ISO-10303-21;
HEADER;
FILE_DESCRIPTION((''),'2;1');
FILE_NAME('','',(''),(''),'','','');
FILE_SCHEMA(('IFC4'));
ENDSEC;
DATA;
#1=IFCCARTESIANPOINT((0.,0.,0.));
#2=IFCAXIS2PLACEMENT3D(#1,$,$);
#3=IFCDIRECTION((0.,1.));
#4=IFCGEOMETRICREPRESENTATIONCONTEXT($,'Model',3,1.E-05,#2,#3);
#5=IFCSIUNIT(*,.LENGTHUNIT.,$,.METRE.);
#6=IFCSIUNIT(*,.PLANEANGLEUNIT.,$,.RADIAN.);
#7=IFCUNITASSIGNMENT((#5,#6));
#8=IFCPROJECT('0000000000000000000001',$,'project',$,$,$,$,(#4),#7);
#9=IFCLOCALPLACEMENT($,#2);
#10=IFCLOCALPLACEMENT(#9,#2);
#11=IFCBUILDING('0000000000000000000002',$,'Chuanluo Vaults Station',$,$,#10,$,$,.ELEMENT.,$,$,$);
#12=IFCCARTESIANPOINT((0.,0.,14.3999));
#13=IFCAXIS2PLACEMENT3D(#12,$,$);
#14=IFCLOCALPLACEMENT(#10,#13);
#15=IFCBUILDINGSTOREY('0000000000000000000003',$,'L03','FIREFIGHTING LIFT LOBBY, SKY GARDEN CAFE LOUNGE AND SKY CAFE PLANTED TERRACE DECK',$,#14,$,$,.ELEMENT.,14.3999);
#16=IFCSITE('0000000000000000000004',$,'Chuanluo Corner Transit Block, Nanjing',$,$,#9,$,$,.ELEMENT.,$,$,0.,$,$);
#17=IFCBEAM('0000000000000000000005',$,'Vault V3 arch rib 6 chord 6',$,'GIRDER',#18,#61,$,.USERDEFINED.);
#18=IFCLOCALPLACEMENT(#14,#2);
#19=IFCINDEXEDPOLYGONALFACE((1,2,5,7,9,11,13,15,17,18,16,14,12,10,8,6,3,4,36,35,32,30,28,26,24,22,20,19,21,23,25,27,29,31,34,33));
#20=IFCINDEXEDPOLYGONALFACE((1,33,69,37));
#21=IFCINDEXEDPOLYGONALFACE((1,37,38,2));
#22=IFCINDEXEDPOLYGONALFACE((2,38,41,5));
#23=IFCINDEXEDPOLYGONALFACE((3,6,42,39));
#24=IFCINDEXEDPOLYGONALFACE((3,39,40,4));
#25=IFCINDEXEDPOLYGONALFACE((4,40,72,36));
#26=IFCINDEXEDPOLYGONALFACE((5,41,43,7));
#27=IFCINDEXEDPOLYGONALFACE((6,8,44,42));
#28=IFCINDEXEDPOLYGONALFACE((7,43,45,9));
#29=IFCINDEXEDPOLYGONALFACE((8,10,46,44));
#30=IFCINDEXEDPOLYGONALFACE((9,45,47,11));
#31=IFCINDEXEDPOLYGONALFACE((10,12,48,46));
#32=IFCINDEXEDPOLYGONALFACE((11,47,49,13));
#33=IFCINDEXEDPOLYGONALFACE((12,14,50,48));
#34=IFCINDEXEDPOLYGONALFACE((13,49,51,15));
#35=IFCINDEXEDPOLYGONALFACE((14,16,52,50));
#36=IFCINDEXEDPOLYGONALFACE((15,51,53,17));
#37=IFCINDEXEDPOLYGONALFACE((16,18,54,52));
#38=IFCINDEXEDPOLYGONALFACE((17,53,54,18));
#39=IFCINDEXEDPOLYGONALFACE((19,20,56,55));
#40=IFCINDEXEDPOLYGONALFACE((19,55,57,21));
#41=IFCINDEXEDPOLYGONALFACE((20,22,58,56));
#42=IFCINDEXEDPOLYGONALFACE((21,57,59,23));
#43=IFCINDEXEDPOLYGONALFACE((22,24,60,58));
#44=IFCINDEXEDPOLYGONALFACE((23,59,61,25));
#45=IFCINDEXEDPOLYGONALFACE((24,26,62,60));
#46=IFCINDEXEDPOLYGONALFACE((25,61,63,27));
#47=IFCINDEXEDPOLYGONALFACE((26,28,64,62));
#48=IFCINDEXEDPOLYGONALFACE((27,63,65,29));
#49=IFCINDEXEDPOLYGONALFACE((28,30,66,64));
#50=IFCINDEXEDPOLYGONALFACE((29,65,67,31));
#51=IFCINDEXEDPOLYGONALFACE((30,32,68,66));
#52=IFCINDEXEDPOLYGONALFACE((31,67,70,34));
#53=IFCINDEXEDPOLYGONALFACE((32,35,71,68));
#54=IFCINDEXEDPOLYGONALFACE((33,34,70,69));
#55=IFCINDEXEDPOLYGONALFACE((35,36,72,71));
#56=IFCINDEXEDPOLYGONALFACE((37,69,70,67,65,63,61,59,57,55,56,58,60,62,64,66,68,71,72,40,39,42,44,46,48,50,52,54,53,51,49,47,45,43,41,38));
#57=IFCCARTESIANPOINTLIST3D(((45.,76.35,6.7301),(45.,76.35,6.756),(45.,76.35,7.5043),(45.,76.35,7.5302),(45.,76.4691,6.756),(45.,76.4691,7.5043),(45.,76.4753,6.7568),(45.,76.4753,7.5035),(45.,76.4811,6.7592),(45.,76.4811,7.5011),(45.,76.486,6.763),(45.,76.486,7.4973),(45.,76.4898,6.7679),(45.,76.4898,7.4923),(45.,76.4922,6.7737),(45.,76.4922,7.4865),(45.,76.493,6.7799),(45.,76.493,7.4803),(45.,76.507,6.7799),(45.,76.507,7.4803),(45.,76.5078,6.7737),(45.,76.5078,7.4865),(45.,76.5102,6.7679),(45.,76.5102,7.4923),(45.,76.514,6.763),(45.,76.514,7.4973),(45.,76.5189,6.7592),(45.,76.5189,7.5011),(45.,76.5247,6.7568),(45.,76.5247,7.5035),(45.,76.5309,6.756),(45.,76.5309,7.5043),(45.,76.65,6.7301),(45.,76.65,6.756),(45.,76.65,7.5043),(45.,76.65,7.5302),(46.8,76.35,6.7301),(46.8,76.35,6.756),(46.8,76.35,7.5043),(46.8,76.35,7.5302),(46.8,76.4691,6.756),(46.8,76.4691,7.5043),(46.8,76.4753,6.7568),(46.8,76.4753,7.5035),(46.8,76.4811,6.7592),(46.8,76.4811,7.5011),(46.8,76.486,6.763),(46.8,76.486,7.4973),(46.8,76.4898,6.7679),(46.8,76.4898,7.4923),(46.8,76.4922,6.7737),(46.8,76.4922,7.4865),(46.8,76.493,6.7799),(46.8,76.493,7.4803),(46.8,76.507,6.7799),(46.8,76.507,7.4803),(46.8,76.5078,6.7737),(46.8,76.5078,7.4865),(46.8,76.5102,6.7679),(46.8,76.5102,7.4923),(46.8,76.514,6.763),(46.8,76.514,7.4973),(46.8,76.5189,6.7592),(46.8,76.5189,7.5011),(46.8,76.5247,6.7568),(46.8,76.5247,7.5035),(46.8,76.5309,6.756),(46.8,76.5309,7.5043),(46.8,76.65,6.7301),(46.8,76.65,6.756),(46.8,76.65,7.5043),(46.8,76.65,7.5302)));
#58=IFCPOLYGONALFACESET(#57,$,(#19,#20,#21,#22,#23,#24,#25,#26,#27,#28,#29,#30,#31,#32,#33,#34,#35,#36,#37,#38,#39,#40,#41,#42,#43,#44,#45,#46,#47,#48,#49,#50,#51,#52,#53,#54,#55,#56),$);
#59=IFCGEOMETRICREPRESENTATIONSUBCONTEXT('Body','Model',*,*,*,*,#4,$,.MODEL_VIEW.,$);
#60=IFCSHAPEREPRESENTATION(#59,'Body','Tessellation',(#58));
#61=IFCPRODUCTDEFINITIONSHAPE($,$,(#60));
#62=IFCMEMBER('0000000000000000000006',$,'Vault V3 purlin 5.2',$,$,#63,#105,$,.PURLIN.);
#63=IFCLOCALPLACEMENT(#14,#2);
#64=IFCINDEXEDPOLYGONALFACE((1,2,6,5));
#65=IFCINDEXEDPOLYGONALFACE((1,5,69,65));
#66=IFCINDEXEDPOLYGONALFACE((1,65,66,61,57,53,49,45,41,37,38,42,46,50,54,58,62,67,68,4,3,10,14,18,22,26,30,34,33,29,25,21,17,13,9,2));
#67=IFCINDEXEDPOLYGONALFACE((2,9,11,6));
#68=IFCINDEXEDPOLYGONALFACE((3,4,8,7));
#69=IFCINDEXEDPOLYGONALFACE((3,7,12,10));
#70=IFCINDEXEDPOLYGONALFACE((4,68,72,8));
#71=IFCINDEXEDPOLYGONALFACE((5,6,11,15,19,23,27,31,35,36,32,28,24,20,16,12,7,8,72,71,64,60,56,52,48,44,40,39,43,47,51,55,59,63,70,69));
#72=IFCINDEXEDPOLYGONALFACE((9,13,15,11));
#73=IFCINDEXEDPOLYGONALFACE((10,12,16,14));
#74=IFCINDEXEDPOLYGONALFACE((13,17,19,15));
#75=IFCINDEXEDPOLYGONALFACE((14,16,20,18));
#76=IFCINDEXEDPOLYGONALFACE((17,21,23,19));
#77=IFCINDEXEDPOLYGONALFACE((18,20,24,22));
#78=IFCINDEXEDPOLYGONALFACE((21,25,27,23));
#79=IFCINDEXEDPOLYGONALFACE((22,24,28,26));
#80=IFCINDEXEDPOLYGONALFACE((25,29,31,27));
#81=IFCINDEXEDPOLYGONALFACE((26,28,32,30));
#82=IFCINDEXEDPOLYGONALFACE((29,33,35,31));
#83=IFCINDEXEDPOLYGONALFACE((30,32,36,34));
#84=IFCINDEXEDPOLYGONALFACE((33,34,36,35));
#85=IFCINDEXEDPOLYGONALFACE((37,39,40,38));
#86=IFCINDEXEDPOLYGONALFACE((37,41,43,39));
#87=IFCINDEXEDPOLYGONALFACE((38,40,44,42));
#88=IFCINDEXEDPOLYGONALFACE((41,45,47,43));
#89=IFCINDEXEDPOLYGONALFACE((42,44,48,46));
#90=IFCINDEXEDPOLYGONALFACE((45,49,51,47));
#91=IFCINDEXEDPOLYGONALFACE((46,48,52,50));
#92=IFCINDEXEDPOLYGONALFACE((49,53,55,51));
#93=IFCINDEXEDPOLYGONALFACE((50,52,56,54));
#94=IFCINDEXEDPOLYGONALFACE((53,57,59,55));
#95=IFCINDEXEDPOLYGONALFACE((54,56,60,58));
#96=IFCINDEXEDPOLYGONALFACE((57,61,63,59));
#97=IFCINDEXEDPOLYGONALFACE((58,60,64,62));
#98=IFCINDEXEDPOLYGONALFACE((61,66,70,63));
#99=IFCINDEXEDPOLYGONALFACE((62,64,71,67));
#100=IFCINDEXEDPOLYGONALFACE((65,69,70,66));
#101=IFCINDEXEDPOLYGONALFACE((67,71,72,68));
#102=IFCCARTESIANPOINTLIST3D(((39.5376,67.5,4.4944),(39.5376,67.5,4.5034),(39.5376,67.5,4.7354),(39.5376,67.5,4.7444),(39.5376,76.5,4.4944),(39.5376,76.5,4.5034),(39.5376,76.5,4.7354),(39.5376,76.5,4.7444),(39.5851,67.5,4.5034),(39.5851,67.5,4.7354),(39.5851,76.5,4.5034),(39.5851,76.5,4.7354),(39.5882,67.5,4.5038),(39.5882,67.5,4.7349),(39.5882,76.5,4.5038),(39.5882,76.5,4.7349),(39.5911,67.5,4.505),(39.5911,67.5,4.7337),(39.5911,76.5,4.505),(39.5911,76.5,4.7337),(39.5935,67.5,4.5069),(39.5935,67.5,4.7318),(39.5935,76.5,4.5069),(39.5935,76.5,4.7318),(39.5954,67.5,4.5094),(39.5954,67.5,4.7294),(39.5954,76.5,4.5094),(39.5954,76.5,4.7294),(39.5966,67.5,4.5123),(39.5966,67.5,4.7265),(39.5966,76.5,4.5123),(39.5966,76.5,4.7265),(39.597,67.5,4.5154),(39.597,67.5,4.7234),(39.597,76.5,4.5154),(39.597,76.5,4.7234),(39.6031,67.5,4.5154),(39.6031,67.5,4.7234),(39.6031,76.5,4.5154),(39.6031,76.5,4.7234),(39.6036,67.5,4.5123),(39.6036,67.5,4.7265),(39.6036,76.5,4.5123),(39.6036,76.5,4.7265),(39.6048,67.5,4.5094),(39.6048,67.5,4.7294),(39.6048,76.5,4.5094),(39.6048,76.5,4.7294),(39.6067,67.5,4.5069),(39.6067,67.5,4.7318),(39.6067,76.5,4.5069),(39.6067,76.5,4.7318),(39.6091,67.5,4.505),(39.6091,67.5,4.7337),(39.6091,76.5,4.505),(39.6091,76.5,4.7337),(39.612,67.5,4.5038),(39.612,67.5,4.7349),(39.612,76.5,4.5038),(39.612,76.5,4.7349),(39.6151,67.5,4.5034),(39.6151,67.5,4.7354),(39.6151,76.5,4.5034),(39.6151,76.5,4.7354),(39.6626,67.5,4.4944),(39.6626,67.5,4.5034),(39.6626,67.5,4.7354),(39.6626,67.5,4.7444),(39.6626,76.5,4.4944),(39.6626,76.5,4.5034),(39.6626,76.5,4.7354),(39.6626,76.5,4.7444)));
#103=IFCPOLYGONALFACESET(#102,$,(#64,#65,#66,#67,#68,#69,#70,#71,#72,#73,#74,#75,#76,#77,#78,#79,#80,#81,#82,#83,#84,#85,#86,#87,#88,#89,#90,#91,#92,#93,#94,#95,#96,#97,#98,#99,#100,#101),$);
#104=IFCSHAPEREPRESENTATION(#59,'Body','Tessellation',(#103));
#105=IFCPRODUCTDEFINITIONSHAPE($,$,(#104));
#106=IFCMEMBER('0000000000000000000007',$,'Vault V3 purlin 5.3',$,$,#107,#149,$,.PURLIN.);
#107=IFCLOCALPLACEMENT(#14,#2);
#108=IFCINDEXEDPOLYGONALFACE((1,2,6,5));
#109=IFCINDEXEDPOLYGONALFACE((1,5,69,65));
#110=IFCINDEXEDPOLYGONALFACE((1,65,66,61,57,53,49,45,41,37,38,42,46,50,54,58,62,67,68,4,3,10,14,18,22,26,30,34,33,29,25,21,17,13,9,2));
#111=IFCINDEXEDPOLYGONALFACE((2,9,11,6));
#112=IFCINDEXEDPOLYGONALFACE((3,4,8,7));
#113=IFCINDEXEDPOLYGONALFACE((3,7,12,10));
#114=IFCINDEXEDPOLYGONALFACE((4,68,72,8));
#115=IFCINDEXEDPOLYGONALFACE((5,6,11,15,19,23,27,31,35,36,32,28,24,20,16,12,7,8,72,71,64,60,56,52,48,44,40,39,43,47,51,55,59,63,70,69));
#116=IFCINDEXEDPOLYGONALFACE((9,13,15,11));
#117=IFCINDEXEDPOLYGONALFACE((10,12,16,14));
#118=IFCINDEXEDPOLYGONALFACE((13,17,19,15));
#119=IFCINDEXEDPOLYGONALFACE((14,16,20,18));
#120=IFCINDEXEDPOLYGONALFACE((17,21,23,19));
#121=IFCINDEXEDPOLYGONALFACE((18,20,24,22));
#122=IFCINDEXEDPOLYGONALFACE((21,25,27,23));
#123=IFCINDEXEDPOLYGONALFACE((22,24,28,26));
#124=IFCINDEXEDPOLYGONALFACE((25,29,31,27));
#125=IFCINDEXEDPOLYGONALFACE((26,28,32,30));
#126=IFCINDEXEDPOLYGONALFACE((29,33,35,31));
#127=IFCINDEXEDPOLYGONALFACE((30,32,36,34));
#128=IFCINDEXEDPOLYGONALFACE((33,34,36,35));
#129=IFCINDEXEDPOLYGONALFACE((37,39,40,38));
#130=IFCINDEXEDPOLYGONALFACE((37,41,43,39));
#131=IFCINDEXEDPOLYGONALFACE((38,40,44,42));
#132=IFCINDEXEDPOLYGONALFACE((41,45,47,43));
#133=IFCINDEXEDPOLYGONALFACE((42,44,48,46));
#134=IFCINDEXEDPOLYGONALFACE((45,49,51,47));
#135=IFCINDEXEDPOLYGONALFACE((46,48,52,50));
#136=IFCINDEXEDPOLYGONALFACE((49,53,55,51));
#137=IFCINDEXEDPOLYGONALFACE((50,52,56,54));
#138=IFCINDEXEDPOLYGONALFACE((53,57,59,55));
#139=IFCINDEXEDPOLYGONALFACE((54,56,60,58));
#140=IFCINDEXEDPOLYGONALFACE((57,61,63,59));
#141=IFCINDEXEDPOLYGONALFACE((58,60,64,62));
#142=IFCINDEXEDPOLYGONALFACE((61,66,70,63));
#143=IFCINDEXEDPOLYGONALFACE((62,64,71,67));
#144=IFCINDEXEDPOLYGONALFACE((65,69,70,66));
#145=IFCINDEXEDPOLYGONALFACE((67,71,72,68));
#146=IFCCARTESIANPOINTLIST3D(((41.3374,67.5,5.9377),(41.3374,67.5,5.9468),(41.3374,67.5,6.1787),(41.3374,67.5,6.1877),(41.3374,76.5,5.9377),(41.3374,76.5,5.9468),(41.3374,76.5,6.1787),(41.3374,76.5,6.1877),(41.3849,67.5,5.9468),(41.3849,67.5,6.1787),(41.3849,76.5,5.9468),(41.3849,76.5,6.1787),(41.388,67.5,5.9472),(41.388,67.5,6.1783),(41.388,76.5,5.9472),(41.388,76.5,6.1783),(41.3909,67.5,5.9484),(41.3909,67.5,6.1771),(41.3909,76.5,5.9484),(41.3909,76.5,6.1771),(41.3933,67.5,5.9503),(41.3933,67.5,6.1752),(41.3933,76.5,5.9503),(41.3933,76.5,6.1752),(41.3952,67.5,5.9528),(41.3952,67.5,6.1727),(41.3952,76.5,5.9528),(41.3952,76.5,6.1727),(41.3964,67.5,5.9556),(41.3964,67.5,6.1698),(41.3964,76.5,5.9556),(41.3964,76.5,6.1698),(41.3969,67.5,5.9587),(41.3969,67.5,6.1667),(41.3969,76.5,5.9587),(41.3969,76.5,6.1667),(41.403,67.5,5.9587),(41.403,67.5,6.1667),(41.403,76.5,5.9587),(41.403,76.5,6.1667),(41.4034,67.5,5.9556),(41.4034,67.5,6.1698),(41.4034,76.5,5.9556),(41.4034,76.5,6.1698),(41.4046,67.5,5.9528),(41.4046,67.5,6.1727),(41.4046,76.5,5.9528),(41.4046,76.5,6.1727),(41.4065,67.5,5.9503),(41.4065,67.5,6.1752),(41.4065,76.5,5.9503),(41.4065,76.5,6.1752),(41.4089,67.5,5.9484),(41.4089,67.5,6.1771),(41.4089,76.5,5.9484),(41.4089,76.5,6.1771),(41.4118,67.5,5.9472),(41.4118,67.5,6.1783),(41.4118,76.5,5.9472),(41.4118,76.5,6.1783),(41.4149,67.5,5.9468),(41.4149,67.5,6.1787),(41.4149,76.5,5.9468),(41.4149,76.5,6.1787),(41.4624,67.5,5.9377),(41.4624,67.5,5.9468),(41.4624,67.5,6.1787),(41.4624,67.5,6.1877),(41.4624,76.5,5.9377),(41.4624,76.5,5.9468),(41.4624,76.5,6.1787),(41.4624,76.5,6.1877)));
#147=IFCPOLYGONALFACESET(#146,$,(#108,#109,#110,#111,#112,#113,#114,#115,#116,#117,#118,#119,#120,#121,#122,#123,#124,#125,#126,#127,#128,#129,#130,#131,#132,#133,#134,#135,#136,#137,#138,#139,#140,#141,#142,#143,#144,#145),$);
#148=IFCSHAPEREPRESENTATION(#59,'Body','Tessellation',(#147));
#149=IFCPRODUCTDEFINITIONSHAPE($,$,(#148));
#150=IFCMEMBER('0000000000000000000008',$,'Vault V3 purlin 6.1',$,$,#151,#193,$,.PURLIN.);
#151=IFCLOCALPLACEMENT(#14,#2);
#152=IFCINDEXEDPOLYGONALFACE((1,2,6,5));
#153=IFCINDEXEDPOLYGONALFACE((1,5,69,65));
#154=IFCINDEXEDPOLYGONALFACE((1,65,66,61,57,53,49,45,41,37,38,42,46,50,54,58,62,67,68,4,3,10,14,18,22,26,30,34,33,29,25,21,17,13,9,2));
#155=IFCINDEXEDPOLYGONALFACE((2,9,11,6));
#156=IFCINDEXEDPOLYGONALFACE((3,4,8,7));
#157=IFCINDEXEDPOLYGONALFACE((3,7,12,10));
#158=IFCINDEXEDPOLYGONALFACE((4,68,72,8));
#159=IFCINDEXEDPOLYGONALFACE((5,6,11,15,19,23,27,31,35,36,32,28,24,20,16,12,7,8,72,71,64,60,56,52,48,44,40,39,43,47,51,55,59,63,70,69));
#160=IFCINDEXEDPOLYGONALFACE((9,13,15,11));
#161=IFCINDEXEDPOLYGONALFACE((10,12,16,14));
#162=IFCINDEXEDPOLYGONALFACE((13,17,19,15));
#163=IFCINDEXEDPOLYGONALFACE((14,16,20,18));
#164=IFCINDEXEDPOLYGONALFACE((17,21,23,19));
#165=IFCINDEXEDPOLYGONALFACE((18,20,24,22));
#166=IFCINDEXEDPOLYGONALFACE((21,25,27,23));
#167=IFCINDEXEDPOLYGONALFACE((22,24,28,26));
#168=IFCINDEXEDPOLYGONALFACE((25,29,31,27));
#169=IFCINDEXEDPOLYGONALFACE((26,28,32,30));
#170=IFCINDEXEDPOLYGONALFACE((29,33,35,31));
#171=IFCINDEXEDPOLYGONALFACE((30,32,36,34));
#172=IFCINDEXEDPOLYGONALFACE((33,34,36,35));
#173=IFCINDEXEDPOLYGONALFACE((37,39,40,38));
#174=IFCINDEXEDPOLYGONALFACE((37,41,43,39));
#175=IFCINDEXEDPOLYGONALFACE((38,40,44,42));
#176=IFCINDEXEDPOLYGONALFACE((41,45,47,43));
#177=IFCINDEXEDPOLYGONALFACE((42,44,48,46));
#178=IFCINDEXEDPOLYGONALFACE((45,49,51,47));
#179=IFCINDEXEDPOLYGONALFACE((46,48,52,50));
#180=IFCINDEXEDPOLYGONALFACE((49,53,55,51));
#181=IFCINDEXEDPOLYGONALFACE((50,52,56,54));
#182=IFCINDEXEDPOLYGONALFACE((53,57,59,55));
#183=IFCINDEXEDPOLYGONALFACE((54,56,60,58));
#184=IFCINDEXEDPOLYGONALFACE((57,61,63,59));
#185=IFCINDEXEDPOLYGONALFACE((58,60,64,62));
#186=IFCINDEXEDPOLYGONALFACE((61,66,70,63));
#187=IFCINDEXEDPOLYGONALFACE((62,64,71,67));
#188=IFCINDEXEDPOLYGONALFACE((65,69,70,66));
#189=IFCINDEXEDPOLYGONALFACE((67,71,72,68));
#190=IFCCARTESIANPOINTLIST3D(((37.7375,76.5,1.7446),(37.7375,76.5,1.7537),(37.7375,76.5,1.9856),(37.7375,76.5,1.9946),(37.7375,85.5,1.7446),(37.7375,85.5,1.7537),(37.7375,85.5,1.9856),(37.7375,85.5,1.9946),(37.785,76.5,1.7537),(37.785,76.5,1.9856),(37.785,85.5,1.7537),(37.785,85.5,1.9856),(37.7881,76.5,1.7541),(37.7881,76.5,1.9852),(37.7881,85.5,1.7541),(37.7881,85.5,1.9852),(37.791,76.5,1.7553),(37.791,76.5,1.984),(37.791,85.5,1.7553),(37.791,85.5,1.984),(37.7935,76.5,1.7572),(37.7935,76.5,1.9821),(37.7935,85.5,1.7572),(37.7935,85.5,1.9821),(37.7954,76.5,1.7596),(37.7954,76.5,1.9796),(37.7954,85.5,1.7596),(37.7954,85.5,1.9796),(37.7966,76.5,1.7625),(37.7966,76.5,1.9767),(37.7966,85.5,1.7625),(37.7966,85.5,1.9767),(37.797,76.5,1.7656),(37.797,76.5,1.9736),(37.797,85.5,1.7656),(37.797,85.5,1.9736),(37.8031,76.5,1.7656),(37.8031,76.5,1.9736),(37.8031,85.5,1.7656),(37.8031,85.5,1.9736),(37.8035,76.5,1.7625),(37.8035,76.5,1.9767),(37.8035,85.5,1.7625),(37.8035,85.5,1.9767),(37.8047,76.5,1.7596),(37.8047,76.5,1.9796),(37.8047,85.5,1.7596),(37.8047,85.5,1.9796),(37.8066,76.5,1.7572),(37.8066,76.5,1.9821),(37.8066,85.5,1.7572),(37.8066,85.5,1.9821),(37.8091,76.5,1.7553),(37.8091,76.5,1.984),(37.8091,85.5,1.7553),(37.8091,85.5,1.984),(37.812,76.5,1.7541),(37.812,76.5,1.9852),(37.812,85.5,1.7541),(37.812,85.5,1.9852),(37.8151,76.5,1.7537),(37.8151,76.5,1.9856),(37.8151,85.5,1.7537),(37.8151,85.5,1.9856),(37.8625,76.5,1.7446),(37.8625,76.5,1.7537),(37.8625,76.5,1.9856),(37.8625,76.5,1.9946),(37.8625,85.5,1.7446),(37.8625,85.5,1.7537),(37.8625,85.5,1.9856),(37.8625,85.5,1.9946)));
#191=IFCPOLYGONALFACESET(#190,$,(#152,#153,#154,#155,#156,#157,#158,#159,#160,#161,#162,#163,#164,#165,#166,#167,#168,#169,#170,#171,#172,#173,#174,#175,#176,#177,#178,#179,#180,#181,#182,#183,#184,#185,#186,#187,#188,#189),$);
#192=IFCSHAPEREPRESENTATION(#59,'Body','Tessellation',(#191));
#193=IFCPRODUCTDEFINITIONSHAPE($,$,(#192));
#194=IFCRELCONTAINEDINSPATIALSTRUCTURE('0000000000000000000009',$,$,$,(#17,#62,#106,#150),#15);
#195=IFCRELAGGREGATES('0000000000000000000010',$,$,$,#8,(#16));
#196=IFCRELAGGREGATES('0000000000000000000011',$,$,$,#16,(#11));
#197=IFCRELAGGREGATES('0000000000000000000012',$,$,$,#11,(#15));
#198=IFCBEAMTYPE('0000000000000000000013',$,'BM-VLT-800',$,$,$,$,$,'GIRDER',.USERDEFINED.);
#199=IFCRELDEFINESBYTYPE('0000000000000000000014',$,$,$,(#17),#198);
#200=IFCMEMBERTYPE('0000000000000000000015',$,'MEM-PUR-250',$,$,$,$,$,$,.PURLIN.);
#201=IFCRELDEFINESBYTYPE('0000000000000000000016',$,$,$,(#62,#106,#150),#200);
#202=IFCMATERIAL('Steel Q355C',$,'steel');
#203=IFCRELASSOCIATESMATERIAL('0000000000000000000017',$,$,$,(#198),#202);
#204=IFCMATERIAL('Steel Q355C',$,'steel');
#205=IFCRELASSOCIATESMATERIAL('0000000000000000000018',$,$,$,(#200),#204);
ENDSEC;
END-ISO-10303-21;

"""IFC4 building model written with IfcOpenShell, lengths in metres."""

from ifc_helpers import new_model, si_unit, direction, frame, origin, origin_2d, place, context, subcontext, project, spatial, i_section, extrude, material, material_profile, profile_set, type_object, element, save


model = new_model("IFC4")

# Units and contexts
model_context = context("Model", 3, precision=1e-05, world=origin(), true_north=direction((0.0, 1.0)))
body_context = subcontext(model_context, "Body", "Model", "MODEL_VIEW")
ifc_project = project(units=[si_unit("LENGTHUNIT", "METRE"), si_unit("PLANEANGLEUNIT", "RADIAN")], contexts=[model_context])

# Site, building, storey
site_placement = place(None, origin())
site = spatial("IfcSite", under=ifc_project, at=site_placement, Name="Chuanluo Corner Transit Block, Nanjing", CompositionType="ELEMENT", RefElevation=0.0)
building_placement = place(site_placement, origin())
building = spatial("IfcBuilding", under=site, at=building_placement, Name="Chuanluo Vaults Station", CompositionType="ELEMENT")
storey_placement = place(building_placement, frame((0.0, 0.0, 14.3999)))
storey = spatial("IfcBuildingStorey", under=building, at=storey_placement, Name="L03", Description="FIREFIGHTING LIFT LOBBY, SKY GARDEN CAFE LOUNGE AND SKY CAFE PLANTED TERRACE DECK", CompositionType="ELEMENT", Elevation=14.3999)

# Beam
ifc_material_1 = material(Name="Steel Q355C", Category="steel")
ifc_material_profile_1 = material_profile(ifc_material_1, i_section(OverallWidth=0.3, OverallDepth=0.8, WebThickness=0.0139, FlangeThickness=0.0259, FilletRadius=0.0239, at=origin_2d()))
ifc_profile_set_1 = profile_set([ifc_material_profile_1], Name="Steel Q355C")
beam_type = type_object("IfcBeamType", Name="BM-VLT-800", ElementType="GIRDER", PredefinedType="USERDEFINED", material=ifc_profile_set_1)
for number, where, z_axis, x_axis, name in (
    (1, (45.0, 76.5, 7.1301), (1.0, 0.0, 0.0), (0.0, 1.0, 0.0), "Vault V3 arch rib 6 chord 6"),
):
    element("IfcBeam", number, at=place(storey_placement, frame(where, z_axis=z_axis, x_axis=x_axis)), inside=storey, type_object=beam_type, Name=name, ObjectType="GIRDER", PredefinedType="USERDEFINED", context=body_context, shape_type="SweptSolid", body=[
        extrude(i_section(OverallWidth=0.3, OverallDepth=0.8, WebThickness=0.0139, FlangeThickness=0.0259, FilletRadius=0.0239, at=origin_2d()), origin(), (0.0, 0.0, 1.0), 1.8),
    ])

# Members
ifc_material_2 = material(Name="Steel Q355C", Category="steel")
ifc_material_profile_2 = material_profile(ifc_material_2, i_section(OverallWidth=0.125, OverallDepth=0.25, WebThickness=0.0061, FlangeThickness=0.009, FilletRadius=0.012, at=origin_2d()))
ifc_profile_set_2 = profile_set([ifc_material_profile_2], Name="Steel Q355C")
member_type_1 = type_object("IfcMemberType", Name="MEM-PUR-250", PredefinedType="PURLIN", material=ifc_profile_set_2)
for number, where, z_axis, x_axis, name in (
    (2, (39.6001, 67.5, 4.6194), (0.0, 1.0, 0.0), (-1.0, 0.0, 0.0), "Vault V3 purlin 5.2"),
    (3, (41.3999, 67.5, 6.0627), (0.0, 1.0, 0.0), (-1.0, 0.0, 0.0), "Vault V3 purlin 5.3"),
    (4, (37.8, 76.5, 1.8696), (0.0, 1.0, 0.0), (-1.0, 0.0, 0.0), "Vault V3 purlin 6.1"),
):
    element("IfcMember", number, at=place(storey_placement, frame(where, z_axis=z_axis, x_axis=x_axis)), inside=storey, type_object=member_type_1, Name=name, PredefinedType="PURLIN", context=body_context, shape_type="SweptSolid", body=[
        extrude(i_section(OverallWidth=0.125, OverallDepth=0.25, WebThickness=0.0061, FlangeThickness=0.009, FilletRadius=0.012, at=origin_2d()), origin(), (0.0, 0.0, 1.0), 9.0),
    ])

save(model, "model.ifc")
